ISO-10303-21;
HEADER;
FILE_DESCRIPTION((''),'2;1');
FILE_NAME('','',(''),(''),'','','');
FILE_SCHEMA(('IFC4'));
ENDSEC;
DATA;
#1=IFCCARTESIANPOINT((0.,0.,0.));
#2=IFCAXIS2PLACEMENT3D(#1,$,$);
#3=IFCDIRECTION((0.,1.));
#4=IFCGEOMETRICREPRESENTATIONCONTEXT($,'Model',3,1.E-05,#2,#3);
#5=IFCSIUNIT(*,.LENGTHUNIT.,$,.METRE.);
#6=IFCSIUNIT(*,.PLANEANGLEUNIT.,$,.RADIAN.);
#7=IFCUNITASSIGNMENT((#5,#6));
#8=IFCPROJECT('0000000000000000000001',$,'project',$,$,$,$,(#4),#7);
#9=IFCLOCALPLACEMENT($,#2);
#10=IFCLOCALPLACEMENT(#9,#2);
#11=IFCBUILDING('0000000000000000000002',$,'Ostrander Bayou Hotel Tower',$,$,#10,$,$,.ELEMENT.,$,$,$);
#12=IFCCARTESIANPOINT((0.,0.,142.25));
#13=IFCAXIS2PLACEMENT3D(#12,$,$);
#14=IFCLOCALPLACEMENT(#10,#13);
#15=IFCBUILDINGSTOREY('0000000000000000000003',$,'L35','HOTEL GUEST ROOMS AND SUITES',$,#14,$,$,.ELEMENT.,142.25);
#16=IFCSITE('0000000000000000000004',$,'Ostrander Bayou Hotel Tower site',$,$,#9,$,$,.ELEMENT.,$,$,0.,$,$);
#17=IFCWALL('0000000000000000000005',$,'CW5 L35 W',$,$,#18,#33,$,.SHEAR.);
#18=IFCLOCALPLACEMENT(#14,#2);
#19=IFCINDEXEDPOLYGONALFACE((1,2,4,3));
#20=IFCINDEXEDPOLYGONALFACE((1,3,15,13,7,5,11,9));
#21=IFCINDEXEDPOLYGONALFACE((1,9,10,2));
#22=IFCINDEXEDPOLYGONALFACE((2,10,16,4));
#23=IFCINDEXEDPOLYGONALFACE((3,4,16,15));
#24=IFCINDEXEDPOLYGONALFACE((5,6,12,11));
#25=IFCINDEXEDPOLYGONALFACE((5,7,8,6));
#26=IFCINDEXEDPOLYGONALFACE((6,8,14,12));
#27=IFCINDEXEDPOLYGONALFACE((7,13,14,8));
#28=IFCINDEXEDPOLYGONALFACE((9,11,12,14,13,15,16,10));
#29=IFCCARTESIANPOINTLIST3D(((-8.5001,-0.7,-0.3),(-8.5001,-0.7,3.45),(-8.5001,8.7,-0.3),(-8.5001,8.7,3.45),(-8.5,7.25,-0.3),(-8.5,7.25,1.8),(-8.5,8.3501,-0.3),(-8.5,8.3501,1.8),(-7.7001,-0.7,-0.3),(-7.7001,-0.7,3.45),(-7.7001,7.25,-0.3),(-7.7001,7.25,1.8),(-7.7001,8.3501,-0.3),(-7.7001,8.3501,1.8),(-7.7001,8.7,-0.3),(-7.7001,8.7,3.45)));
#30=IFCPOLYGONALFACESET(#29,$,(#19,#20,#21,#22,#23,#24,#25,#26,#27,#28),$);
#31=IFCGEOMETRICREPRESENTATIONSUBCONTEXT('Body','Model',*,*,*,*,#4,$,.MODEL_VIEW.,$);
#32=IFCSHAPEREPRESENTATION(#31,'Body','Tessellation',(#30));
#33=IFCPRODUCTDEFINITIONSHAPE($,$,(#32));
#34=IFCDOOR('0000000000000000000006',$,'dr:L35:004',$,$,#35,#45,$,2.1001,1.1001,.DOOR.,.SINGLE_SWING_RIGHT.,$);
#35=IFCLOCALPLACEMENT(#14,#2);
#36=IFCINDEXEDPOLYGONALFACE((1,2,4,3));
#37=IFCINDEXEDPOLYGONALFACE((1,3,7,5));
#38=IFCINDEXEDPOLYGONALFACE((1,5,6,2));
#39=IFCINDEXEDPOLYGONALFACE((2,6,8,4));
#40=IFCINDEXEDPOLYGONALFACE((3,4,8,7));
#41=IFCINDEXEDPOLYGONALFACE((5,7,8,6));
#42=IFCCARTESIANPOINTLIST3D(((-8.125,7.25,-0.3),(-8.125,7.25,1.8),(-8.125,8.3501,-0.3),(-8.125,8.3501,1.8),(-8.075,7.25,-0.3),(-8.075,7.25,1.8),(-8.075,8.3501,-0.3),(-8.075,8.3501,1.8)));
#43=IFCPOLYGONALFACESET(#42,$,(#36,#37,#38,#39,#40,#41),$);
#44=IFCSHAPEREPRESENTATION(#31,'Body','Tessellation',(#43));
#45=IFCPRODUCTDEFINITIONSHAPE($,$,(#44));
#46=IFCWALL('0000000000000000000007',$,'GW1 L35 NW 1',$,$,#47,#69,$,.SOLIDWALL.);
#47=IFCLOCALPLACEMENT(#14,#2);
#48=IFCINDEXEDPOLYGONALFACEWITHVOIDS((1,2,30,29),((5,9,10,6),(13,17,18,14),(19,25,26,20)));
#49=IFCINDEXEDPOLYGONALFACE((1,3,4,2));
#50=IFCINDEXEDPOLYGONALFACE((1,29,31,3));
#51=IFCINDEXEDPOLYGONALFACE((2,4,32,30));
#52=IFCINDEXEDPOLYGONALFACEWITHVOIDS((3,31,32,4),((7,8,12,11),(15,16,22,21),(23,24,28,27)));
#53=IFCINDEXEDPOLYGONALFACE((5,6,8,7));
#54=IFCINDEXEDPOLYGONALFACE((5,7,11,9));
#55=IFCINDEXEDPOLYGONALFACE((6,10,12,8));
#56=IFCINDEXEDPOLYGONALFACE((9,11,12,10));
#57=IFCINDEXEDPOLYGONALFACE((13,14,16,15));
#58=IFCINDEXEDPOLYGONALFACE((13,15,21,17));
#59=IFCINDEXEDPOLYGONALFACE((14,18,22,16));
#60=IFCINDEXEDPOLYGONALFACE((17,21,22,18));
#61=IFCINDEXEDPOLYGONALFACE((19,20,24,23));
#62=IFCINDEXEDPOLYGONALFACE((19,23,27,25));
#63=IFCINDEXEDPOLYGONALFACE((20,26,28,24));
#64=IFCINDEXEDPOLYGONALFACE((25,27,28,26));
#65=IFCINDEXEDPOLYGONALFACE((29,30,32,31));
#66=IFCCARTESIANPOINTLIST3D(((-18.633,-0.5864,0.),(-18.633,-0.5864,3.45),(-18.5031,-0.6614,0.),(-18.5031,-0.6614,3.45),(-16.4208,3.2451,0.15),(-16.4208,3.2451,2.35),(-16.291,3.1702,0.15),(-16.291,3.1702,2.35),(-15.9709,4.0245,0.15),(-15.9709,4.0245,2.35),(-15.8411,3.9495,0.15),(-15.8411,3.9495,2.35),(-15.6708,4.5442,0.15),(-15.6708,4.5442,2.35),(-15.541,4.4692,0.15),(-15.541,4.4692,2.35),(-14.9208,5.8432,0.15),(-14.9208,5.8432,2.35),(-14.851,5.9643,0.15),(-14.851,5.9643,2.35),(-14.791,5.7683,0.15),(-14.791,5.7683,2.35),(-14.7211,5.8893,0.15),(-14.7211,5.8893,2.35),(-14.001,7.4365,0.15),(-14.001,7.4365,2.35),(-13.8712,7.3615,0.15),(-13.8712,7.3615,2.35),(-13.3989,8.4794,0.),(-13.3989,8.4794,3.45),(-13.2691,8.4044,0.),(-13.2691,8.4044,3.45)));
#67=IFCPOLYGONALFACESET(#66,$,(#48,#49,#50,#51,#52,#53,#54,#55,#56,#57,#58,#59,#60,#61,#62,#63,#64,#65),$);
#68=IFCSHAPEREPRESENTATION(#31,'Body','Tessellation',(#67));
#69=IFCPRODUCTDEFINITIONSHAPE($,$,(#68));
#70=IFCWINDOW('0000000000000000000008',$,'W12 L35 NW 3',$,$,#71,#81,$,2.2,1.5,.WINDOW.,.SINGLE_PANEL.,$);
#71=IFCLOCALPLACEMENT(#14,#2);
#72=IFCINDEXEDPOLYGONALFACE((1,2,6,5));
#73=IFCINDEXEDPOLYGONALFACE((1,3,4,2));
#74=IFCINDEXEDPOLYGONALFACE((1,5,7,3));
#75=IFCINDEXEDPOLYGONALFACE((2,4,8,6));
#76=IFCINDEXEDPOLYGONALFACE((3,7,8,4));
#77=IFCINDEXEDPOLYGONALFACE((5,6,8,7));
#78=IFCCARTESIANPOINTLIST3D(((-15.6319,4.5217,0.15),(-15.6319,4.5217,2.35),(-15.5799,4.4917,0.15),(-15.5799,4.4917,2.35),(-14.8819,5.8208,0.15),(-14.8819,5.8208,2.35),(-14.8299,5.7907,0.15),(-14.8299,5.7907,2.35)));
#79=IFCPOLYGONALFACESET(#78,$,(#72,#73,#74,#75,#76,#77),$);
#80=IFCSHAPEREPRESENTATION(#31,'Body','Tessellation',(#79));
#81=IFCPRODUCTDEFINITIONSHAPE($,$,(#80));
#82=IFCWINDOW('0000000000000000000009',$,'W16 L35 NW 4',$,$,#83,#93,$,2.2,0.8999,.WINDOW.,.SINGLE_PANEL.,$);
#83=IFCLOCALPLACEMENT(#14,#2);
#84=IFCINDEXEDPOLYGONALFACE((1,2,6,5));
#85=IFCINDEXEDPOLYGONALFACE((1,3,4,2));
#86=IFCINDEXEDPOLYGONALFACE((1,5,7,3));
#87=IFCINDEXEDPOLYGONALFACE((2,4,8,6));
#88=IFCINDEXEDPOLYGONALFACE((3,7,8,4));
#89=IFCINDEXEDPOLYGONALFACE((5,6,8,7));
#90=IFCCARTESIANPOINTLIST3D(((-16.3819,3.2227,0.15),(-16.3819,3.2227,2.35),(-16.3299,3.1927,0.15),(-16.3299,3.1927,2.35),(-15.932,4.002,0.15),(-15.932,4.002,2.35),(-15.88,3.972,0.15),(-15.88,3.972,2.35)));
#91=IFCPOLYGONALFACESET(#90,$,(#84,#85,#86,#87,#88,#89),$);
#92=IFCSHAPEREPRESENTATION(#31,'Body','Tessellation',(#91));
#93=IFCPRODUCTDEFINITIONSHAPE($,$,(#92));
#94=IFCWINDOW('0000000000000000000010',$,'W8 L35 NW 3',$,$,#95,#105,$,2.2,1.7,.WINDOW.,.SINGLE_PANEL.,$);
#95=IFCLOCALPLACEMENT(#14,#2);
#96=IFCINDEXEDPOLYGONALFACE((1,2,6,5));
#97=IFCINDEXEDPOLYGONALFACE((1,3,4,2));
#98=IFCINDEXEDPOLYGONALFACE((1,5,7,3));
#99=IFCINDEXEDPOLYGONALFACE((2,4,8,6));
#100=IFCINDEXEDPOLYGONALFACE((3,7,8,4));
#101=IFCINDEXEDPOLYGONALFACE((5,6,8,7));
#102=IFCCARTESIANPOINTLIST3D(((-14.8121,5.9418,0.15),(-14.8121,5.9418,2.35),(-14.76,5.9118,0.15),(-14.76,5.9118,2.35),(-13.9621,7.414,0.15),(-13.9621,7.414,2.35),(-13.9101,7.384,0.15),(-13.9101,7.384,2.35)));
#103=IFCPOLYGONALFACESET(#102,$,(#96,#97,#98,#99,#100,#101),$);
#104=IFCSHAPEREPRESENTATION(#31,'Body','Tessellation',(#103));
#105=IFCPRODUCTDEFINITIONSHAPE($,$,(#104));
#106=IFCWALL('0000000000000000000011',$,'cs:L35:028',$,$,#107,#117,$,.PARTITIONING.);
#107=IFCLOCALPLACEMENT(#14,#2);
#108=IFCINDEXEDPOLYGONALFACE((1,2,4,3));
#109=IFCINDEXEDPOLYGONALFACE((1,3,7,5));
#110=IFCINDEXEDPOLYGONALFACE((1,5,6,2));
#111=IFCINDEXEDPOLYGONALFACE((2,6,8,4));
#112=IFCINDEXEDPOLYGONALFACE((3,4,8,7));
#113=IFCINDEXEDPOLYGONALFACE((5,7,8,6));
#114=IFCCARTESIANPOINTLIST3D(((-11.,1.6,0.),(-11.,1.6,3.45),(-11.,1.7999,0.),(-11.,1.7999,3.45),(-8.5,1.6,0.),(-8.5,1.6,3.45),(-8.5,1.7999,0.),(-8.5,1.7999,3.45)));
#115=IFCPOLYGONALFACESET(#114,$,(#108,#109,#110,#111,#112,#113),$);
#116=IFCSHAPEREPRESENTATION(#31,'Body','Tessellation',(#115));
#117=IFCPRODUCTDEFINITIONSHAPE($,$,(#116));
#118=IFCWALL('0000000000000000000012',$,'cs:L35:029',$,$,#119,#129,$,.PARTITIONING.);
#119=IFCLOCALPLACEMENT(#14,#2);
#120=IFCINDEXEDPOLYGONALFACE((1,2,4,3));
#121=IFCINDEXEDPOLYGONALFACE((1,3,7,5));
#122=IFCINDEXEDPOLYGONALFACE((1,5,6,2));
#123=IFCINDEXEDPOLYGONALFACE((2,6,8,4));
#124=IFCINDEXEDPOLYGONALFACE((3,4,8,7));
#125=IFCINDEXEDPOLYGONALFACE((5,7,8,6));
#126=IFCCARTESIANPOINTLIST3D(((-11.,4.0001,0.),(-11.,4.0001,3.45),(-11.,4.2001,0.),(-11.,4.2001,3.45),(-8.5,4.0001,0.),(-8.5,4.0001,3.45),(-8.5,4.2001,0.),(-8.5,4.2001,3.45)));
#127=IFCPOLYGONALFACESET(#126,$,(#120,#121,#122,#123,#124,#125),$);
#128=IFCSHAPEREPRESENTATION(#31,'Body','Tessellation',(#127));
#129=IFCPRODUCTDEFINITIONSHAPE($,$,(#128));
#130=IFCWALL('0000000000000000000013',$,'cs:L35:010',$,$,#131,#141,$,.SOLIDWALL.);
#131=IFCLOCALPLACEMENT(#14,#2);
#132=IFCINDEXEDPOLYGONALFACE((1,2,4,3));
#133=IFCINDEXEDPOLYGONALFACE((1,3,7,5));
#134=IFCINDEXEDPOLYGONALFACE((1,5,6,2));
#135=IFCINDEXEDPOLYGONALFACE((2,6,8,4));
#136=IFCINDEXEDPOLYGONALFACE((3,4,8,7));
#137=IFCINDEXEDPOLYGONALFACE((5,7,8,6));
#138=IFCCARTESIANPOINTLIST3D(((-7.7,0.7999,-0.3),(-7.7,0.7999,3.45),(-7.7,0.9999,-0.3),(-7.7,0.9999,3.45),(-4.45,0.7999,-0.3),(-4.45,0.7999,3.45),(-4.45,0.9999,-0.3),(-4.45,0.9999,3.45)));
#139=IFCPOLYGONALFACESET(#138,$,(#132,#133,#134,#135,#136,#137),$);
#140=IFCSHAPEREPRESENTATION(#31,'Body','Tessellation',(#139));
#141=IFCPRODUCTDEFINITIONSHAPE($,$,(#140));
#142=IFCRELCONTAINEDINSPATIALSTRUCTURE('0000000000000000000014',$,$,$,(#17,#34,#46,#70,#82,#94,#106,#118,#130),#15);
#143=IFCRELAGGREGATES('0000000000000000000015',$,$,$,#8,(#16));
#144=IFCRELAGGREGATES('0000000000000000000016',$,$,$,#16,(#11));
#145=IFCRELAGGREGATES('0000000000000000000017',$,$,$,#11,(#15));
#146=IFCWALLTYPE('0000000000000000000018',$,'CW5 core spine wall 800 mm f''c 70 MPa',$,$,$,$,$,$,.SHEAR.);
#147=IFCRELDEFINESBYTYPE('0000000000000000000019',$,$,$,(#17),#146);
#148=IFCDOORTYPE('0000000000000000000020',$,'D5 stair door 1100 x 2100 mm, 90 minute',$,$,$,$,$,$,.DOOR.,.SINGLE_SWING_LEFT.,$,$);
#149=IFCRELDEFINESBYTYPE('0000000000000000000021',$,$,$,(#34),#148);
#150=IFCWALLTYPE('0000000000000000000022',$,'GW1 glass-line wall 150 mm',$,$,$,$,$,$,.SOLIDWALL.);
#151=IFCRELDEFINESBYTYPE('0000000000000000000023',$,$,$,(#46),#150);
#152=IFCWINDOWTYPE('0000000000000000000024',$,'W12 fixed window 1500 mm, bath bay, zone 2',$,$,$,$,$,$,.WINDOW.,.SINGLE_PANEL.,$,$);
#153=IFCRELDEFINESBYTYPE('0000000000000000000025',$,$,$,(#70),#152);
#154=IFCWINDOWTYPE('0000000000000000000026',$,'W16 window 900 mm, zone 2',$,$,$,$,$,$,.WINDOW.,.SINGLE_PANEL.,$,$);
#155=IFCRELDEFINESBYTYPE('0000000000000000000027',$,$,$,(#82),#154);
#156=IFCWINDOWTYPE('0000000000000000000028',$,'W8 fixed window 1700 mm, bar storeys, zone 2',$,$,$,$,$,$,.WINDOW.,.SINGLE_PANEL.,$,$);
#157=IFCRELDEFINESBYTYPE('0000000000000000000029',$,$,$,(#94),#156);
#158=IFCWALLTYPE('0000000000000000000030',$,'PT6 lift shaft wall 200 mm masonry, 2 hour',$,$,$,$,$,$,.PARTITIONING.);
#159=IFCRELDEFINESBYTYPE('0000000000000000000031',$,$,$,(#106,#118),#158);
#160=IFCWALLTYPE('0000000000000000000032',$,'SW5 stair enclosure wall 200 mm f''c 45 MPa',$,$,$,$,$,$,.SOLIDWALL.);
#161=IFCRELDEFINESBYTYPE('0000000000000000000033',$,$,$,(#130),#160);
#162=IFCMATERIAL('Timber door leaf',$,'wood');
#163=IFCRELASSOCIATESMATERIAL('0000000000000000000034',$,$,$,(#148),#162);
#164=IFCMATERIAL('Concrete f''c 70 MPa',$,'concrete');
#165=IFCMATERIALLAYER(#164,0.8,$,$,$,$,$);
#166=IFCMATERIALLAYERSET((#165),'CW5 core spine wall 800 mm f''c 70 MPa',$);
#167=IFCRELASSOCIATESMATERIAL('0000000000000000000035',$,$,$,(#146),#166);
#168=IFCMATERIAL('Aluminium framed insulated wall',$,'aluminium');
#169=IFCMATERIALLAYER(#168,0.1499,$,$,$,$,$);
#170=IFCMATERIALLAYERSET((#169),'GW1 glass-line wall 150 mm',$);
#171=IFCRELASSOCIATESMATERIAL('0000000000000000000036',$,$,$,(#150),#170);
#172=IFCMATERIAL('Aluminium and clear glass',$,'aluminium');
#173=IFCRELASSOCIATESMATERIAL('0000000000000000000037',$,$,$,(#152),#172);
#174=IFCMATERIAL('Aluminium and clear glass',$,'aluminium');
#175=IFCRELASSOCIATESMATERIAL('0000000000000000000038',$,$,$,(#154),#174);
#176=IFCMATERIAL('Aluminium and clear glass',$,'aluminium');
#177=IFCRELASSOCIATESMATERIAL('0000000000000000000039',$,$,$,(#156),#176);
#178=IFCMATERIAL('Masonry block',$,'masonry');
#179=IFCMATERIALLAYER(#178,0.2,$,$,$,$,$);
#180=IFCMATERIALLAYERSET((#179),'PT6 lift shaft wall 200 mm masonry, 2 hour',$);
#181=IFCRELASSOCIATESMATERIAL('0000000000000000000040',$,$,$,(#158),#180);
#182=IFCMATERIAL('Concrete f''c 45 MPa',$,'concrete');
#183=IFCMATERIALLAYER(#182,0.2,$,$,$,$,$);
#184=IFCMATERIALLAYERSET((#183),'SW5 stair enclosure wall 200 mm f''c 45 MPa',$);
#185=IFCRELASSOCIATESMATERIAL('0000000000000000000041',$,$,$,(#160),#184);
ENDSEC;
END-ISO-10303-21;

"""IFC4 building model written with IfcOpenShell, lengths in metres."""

from ifc_helpers import new_model, si_unit, direction, frame, frame_2d, origin, place, context, subcontext, project, spatial, rectangle, extrude, material, layer, layer_set, type_object, element, fill, save


model = new_model("IFC4")

# Units and contexts
model_context = context("Model", 3, precision=1e-05, world=origin(), true_north=direction((0.0, 1.0)))
body_context = subcontext(model_context, "Body", "Model", "MODEL_VIEW")
ifc_project = project(units=[si_unit("LENGTHUNIT", "METRE"), si_unit("PLANEANGLEUNIT", "RADIAN")], contexts=[model_context])

# Site, building, storey
site_placement = place(None, origin())
site = spatial("IfcSite", under=ifc_project, at=site_placement, Name="Ostrander Bayou Hotel Tower site", CompositionType="ELEMENT", RefElevation=0.0)
building_placement = place(site_placement, origin())
building = spatial("IfcBuilding", under=site, at=building_placement, Name="Ostrander Bayou Hotel Tower", CompositionType="ELEMENT")
storey_placement = place(building_placement, frame((0.0, 0.0, 142.25)))
storey = spatial("IfcBuildingStorey", under=building, at=storey_placement, Name="L35", Description="HOTEL GUEST ROOMS AND SUITES", CompositionType="ELEMENT", Elevation=142.25)

# Shared definitions
ifc_material_1 = material(Name="Timber door leaf", Category="wood")
door_type_1 = type_object("IfcDoorType", Name="D5 stair door 1100 x 2100 mm, 90 minute", OperationType="SINGLE_SWING_LEFT", PredefinedType="DOOR", material=ifc_material_1)

# Wall, opening, door
ifc_material_2 = material(Name="Concrete f'c 70 MPa", Category="concrete")
ifc_layer_1 = layer(ifc_material_2, 0.8)
ifc_layer_set_1 = layer_set([ifc_layer_1], Name="CW5 core spine wall 800 mm f'c 70 MPa")
wall_type_1 = type_object("IfcWallType", Name="CW5 core spine wall 800 mm f'c 70 MPa", PredefinedType="SHEAR", material=ifc_layer_set_1)
wall_1_placement = place(storey_placement, frame((-8.1001, -0.7, -0.3), z_axis=(0.0, 0.0, 1.0), x_axis=(0.0, 1.0, 0.0)))
wall_1 = element("IfcWall", 1, at=wall_1_placement, inside=storey, type_object=wall_type_1, Name="CW5 L35 W", PredefinedType="SHEAR", context=body_context, shape_type="SweptSolid", body=[
    extrude(rectangle(XDim=9.3999, YDim=0.8, at=frame_2d((4.7, 0.0))), origin(), (0.0, 0.0, 1.0), 3.75),
])
opening_1_placement = place(wall_1_placement, frame((7.95, 0.0, 0.0)))
opening_1 = element("IfcOpeningElement", 2, at=opening_1_placement, cuts=wall_1, PredefinedType="OPENING", context=body_context, shape_type="SweptSolid", body=[
    extrude(rectangle(XDim=1.1001, YDim=2.1001, at=frame_2d((0.55, 1.05))), frame((0.0, 0.3999, 0.0), z_axis=(0.0, -1.0, 0.0), x_axis=(1.0, 0.0, 0.0)), (0.0, 0.0, 1.0), 0.8),
])
door_1_placement = place(opening_1_placement, origin())
door_1 = element("IfcDoor", 3, at=door_1_placement, inside=storey, type_object=door_type_1, Name="dr:L35:004", OperationType="SINGLE_SWING_RIGHT", OverallHeight=2.1001, OverallWidth=1.1001, PredefinedType="DOOR", context=body_context, shape_type="SweptSolid", body=[
    extrude(rectangle(XDim=1.1001, YDim=2.1001, at=frame_2d((0.55, 1.05))), frame((0.0, 0.0249, 0.0), z_axis=(0.0, -1.0, 0.0), x_axis=(1.0, 0.0, 0.0)), (0.0, 0.0, 1.0), 0.05),
])
fill(opening_1, door_1)

# Wall, openings, windows
ifc_material_3 = material(Name="Aluminium framed insulated wall", Category="aluminium")
ifc_layer_2 = layer(ifc_material_3, 0.1499)
ifc_layer_set_2 = layer_set([ifc_layer_2], Name="GW1 glass-line wall 150 mm")
wall_type_2 = type_object("IfcWallType", Name="GW1 glass-line wall 150 mm", PredefinedType="SOLIDWALL", material=ifc_layer_set_2)
wall_2_placement = place(storey_placement, frame((-13.334, 8.4419, 0.0), z_axis=(0.0, 0.0, 1.0), x_axis=(-0.499994, -0.866029, 0.0)))
wall_2 = element("IfcWall", 4, at=wall_2_placement, inside=storey, type_object=wall_type_2, Name="GW1 L35 NW 1", PredefinedType="SOLIDWALL", context=body_context, shape_type="SweptSolid", body=[
    extrude(rectangle(XDim=10.4683, YDim=0.1499, at=frame_2d((5.2341, 0.0))), origin(), (0.0, 0.0, 1.0), 3.45),
])
opening_2_placement = place(wall_2_placement, frame((1.2041, 0.0, 0.1499)))
opening_2 = element("IfcOpeningElement", 5, at=opening_2_placement, cuts=wall_2, PredefinedType="OPENING", context=body_context, shape_type="SweptSolid", body=[
    extrude(rectangle(XDim=1.7, YDim=2.2, at=frame_2d((0.8501, 1.1001))), frame((0.0, 0.075, 0.0), z_axis=(0.0, -1.0, 0.0), x_axis=(1.0, 0.0, 0.0)), (0.0, 0.0, 1.0), 0.1499),
])
opening_3_placement = place(wall_2_placement, frame((3.0439, 0.0, 0.1499)))
opening_3 = element("IfcOpeningElement", 6, at=opening_3_placement, cuts=wall_2, PredefinedType="OPENING", context=body_context, shape_type="SweptSolid", body=[
    extrude(rectangle(XDim=1.5, YDim=2.2, at=frame_2d((0.75, 1.1001))), frame((0.0, 0.075, 0.0), z_axis=(0.0, -1.0, 0.0), x_axis=(1.0, 0.0, 0.0)), (0.0, 0.0, 1.0), 0.1499),
])
opening_4_placement = place(wall_2_placement, frame((5.144, 0.0, 0.1499)))
opening_4 = element("IfcOpeningElement", 7, at=opening_4_placement, cuts=wall_2, PredefinedType="OPENING", context=body_context, shape_type="SweptSolid", body=[
    extrude(rectangle(XDim=0.8999, YDim=2.2, at=frame_2d((0.45, 1.1001))), frame((0.0, 0.075, 0.0), z_axis=(0.0, -1.0, 0.0), x_axis=(1.0, 0.0, 0.0)), (0.0, 0.0, 1.0), 0.1499),
])
ifc_material_4 = material(Name="Aluminium and clear glass", Category="aluminium")
window_type_1 = type_object("IfcWindowType", Name="W12 fixed window 1500 mm, bath bay, zone 2", PartitioningType="SINGLE_PANEL", PredefinedType="WINDOW", material=ifc_material_4)
window_1_placement = place(opening_3_placement, origin())
window_1 = element("IfcWindow", 8, at=window_1_placement, inside=storey, type_object=window_type_1, Name="W12 L35 NW 3", OverallHeight=2.2, OverallWidth=1.5, PartitioningType="SINGLE_PANEL", PredefinedType="WINDOW", context=body_context, shape_type="SweptSolid", body=[
    extrude(rectangle(XDim=1.5, YDim=2.2, at=frame_2d((0.75, 1.1001))), frame((0.0, 0.03, 0.0), z_axis=(0.0, -1.0, 0.0), x_axis=(1.0, 0.0, 0.0)), (0.0, 0.0, 1.0), 0.0601),
])
fill(opening_3, window_1)
ifc_material_5 = material(Name="Aluminium and clear glass", Category="aluminium")
window_type_2 = type_object("IfcWindowType", Name="W16 window 900 mm, zone 2", PartitioningType="SINGLE_PANEL", PredefinedType="WINDOW", material=ifc_material_5)
window_2_placement = place(opening_4_placement, origin())
window_2 = element("IfcWindow", 9, at=window_2_placement, inside=storey, type_object=window_type_2, Name="W16 L35 NW 4", OverallHeight=2.2, OverallWidth=0.8999, PartitioningType="SINGLE_PANEL", PredefinedType="WINDOW", context=body_context, shape_type="SweptSolid", body=[
    extrude(rectangle(XDim=0.8999, YDim=2.2, at=frame_2d((0.45, 1.1001))), frame((0.0, 0.03, 0.0), z_axis=(0.0, -1.0, 0.0), x_axis=(1.0, 0.0, 0.0)), (0.0, 0.0, 1.0), 0.0601),
])
fill(opening_4, window_2)
ifc_material_6 = material(Name="Aluminium and clear glass", Category="aluminium")
window_type_3 = type_object("IfcWindowType", Name="W8 fixed window 1700 mm, bar storeys, zone 2", PartitioningType="SINGLE_PANEL", PredefinedType="WINDOW", material=ifc_material_6)
window_3_placement = place(opening_2_placement, origin())
window_3 = element("IfcWindow", 10, at=window_3_placement, inside=storey, type_object=window_type_3, Name="W8 L35 NW 3", OverallHeight=2.2, OverallWidth=1.7, PartitioningType="SINGLE_PANEL", PredefinedType="WINDOW", context=body_context, shape_type="SweptSolid", body=[
    extrude(rectangle(XDim=1.7, YDim=2.2, at=frame_2d((0.8501, 1.1001))), frame((0.0, 0.03, 0.0), z_axis=(0.0, -1.0, 0.0), x_axis=(1.0, 0.0, 0.0)), (0.0, 0.0, 1.0), 0.0601),
])
fill(opening_2, window_3)

# Walls
ifc_material_7 = material(Name="Masonry block", Category="masonry")
ifc_layer_3 = layer(ifc_material_7, 0.2)
ifc_layer_set_3 = layer_set([ifc_layer_3], Name="PT6 lift shaft wall 200 mm masonry, 2 hour")
wall_type_3 = type_object("IfcWallType", Name="PT6 lift shaft wall 200 mm masonry, 2 hour", PredefinedType="PARTITIONING", material=ifc_layer_set_3)
for number, where, z_axis, x_axis, name in (
    (11, (-11.0, 1.7, 0.0), (0.0, 0.0, 1.0), (1.0, 0.0, 0.0), "cs:L35:028"),
    (12, (-11.0, 4.1001, 0.0), (0.0, 0.0, 1.0), (1.0, 0.0, 0.0), "cs:L35:029"),
):
    element("IfcWall", number, at=place(storey_placement, frame(where, z_axis=z_axis, x_axis=x_axis)), inside=storey, type_object=wall_type_3, Name=name, PredefinedType="PARTITIONING", context=body_context, shape_type="SweptSolid", body=[
        extrude(rectangle(XDim=2.5, YDim=0.2, at=frame_2d((1.25, 0.0))), origin(), (0.0, 0.0, 1.0), 3.45),
    ])
ifc_material_8 = material(Name="Concrete f'c 45 MPa", Category="concrete")
ifc_layer_4 = layer(ifc_material_8, 0.2)
ifc_layer_set_4 = layer_set([ifc_layer_4], Name="SW5 stair enclosure wall 200 mm f'c 45 MPa")
wall_type_4 = type_object("IfcWallType", Name="SW5 stair enclosure wall 200 mm f'c 45 MPa", PredefinedType="SOLIDWALL", material=ifc_layer_set_4)
wall_3_placement = place(storey_placement, frame((-7.7, 0.8999, -0.3), z_axis=(0.0, 0.0, 1.0), x_axis=(1.0, 0.0, 0.0)))
element("IfcWall", 13, at=wall_3_placement, inside=storey, type_object=wall_type_4, Name="cs:L35:010", PredefinedType="SOLIDWALL", context=body_context, shape_type="SweptSolid", body=[
    extrude(rectangle(XDim=3.25, YDim=0.2, at=frame_2d((1.625, 0.0))), origin(), (0.0, 0.0, 1.0), 3.75),
])

save(model, "model.ifc")
